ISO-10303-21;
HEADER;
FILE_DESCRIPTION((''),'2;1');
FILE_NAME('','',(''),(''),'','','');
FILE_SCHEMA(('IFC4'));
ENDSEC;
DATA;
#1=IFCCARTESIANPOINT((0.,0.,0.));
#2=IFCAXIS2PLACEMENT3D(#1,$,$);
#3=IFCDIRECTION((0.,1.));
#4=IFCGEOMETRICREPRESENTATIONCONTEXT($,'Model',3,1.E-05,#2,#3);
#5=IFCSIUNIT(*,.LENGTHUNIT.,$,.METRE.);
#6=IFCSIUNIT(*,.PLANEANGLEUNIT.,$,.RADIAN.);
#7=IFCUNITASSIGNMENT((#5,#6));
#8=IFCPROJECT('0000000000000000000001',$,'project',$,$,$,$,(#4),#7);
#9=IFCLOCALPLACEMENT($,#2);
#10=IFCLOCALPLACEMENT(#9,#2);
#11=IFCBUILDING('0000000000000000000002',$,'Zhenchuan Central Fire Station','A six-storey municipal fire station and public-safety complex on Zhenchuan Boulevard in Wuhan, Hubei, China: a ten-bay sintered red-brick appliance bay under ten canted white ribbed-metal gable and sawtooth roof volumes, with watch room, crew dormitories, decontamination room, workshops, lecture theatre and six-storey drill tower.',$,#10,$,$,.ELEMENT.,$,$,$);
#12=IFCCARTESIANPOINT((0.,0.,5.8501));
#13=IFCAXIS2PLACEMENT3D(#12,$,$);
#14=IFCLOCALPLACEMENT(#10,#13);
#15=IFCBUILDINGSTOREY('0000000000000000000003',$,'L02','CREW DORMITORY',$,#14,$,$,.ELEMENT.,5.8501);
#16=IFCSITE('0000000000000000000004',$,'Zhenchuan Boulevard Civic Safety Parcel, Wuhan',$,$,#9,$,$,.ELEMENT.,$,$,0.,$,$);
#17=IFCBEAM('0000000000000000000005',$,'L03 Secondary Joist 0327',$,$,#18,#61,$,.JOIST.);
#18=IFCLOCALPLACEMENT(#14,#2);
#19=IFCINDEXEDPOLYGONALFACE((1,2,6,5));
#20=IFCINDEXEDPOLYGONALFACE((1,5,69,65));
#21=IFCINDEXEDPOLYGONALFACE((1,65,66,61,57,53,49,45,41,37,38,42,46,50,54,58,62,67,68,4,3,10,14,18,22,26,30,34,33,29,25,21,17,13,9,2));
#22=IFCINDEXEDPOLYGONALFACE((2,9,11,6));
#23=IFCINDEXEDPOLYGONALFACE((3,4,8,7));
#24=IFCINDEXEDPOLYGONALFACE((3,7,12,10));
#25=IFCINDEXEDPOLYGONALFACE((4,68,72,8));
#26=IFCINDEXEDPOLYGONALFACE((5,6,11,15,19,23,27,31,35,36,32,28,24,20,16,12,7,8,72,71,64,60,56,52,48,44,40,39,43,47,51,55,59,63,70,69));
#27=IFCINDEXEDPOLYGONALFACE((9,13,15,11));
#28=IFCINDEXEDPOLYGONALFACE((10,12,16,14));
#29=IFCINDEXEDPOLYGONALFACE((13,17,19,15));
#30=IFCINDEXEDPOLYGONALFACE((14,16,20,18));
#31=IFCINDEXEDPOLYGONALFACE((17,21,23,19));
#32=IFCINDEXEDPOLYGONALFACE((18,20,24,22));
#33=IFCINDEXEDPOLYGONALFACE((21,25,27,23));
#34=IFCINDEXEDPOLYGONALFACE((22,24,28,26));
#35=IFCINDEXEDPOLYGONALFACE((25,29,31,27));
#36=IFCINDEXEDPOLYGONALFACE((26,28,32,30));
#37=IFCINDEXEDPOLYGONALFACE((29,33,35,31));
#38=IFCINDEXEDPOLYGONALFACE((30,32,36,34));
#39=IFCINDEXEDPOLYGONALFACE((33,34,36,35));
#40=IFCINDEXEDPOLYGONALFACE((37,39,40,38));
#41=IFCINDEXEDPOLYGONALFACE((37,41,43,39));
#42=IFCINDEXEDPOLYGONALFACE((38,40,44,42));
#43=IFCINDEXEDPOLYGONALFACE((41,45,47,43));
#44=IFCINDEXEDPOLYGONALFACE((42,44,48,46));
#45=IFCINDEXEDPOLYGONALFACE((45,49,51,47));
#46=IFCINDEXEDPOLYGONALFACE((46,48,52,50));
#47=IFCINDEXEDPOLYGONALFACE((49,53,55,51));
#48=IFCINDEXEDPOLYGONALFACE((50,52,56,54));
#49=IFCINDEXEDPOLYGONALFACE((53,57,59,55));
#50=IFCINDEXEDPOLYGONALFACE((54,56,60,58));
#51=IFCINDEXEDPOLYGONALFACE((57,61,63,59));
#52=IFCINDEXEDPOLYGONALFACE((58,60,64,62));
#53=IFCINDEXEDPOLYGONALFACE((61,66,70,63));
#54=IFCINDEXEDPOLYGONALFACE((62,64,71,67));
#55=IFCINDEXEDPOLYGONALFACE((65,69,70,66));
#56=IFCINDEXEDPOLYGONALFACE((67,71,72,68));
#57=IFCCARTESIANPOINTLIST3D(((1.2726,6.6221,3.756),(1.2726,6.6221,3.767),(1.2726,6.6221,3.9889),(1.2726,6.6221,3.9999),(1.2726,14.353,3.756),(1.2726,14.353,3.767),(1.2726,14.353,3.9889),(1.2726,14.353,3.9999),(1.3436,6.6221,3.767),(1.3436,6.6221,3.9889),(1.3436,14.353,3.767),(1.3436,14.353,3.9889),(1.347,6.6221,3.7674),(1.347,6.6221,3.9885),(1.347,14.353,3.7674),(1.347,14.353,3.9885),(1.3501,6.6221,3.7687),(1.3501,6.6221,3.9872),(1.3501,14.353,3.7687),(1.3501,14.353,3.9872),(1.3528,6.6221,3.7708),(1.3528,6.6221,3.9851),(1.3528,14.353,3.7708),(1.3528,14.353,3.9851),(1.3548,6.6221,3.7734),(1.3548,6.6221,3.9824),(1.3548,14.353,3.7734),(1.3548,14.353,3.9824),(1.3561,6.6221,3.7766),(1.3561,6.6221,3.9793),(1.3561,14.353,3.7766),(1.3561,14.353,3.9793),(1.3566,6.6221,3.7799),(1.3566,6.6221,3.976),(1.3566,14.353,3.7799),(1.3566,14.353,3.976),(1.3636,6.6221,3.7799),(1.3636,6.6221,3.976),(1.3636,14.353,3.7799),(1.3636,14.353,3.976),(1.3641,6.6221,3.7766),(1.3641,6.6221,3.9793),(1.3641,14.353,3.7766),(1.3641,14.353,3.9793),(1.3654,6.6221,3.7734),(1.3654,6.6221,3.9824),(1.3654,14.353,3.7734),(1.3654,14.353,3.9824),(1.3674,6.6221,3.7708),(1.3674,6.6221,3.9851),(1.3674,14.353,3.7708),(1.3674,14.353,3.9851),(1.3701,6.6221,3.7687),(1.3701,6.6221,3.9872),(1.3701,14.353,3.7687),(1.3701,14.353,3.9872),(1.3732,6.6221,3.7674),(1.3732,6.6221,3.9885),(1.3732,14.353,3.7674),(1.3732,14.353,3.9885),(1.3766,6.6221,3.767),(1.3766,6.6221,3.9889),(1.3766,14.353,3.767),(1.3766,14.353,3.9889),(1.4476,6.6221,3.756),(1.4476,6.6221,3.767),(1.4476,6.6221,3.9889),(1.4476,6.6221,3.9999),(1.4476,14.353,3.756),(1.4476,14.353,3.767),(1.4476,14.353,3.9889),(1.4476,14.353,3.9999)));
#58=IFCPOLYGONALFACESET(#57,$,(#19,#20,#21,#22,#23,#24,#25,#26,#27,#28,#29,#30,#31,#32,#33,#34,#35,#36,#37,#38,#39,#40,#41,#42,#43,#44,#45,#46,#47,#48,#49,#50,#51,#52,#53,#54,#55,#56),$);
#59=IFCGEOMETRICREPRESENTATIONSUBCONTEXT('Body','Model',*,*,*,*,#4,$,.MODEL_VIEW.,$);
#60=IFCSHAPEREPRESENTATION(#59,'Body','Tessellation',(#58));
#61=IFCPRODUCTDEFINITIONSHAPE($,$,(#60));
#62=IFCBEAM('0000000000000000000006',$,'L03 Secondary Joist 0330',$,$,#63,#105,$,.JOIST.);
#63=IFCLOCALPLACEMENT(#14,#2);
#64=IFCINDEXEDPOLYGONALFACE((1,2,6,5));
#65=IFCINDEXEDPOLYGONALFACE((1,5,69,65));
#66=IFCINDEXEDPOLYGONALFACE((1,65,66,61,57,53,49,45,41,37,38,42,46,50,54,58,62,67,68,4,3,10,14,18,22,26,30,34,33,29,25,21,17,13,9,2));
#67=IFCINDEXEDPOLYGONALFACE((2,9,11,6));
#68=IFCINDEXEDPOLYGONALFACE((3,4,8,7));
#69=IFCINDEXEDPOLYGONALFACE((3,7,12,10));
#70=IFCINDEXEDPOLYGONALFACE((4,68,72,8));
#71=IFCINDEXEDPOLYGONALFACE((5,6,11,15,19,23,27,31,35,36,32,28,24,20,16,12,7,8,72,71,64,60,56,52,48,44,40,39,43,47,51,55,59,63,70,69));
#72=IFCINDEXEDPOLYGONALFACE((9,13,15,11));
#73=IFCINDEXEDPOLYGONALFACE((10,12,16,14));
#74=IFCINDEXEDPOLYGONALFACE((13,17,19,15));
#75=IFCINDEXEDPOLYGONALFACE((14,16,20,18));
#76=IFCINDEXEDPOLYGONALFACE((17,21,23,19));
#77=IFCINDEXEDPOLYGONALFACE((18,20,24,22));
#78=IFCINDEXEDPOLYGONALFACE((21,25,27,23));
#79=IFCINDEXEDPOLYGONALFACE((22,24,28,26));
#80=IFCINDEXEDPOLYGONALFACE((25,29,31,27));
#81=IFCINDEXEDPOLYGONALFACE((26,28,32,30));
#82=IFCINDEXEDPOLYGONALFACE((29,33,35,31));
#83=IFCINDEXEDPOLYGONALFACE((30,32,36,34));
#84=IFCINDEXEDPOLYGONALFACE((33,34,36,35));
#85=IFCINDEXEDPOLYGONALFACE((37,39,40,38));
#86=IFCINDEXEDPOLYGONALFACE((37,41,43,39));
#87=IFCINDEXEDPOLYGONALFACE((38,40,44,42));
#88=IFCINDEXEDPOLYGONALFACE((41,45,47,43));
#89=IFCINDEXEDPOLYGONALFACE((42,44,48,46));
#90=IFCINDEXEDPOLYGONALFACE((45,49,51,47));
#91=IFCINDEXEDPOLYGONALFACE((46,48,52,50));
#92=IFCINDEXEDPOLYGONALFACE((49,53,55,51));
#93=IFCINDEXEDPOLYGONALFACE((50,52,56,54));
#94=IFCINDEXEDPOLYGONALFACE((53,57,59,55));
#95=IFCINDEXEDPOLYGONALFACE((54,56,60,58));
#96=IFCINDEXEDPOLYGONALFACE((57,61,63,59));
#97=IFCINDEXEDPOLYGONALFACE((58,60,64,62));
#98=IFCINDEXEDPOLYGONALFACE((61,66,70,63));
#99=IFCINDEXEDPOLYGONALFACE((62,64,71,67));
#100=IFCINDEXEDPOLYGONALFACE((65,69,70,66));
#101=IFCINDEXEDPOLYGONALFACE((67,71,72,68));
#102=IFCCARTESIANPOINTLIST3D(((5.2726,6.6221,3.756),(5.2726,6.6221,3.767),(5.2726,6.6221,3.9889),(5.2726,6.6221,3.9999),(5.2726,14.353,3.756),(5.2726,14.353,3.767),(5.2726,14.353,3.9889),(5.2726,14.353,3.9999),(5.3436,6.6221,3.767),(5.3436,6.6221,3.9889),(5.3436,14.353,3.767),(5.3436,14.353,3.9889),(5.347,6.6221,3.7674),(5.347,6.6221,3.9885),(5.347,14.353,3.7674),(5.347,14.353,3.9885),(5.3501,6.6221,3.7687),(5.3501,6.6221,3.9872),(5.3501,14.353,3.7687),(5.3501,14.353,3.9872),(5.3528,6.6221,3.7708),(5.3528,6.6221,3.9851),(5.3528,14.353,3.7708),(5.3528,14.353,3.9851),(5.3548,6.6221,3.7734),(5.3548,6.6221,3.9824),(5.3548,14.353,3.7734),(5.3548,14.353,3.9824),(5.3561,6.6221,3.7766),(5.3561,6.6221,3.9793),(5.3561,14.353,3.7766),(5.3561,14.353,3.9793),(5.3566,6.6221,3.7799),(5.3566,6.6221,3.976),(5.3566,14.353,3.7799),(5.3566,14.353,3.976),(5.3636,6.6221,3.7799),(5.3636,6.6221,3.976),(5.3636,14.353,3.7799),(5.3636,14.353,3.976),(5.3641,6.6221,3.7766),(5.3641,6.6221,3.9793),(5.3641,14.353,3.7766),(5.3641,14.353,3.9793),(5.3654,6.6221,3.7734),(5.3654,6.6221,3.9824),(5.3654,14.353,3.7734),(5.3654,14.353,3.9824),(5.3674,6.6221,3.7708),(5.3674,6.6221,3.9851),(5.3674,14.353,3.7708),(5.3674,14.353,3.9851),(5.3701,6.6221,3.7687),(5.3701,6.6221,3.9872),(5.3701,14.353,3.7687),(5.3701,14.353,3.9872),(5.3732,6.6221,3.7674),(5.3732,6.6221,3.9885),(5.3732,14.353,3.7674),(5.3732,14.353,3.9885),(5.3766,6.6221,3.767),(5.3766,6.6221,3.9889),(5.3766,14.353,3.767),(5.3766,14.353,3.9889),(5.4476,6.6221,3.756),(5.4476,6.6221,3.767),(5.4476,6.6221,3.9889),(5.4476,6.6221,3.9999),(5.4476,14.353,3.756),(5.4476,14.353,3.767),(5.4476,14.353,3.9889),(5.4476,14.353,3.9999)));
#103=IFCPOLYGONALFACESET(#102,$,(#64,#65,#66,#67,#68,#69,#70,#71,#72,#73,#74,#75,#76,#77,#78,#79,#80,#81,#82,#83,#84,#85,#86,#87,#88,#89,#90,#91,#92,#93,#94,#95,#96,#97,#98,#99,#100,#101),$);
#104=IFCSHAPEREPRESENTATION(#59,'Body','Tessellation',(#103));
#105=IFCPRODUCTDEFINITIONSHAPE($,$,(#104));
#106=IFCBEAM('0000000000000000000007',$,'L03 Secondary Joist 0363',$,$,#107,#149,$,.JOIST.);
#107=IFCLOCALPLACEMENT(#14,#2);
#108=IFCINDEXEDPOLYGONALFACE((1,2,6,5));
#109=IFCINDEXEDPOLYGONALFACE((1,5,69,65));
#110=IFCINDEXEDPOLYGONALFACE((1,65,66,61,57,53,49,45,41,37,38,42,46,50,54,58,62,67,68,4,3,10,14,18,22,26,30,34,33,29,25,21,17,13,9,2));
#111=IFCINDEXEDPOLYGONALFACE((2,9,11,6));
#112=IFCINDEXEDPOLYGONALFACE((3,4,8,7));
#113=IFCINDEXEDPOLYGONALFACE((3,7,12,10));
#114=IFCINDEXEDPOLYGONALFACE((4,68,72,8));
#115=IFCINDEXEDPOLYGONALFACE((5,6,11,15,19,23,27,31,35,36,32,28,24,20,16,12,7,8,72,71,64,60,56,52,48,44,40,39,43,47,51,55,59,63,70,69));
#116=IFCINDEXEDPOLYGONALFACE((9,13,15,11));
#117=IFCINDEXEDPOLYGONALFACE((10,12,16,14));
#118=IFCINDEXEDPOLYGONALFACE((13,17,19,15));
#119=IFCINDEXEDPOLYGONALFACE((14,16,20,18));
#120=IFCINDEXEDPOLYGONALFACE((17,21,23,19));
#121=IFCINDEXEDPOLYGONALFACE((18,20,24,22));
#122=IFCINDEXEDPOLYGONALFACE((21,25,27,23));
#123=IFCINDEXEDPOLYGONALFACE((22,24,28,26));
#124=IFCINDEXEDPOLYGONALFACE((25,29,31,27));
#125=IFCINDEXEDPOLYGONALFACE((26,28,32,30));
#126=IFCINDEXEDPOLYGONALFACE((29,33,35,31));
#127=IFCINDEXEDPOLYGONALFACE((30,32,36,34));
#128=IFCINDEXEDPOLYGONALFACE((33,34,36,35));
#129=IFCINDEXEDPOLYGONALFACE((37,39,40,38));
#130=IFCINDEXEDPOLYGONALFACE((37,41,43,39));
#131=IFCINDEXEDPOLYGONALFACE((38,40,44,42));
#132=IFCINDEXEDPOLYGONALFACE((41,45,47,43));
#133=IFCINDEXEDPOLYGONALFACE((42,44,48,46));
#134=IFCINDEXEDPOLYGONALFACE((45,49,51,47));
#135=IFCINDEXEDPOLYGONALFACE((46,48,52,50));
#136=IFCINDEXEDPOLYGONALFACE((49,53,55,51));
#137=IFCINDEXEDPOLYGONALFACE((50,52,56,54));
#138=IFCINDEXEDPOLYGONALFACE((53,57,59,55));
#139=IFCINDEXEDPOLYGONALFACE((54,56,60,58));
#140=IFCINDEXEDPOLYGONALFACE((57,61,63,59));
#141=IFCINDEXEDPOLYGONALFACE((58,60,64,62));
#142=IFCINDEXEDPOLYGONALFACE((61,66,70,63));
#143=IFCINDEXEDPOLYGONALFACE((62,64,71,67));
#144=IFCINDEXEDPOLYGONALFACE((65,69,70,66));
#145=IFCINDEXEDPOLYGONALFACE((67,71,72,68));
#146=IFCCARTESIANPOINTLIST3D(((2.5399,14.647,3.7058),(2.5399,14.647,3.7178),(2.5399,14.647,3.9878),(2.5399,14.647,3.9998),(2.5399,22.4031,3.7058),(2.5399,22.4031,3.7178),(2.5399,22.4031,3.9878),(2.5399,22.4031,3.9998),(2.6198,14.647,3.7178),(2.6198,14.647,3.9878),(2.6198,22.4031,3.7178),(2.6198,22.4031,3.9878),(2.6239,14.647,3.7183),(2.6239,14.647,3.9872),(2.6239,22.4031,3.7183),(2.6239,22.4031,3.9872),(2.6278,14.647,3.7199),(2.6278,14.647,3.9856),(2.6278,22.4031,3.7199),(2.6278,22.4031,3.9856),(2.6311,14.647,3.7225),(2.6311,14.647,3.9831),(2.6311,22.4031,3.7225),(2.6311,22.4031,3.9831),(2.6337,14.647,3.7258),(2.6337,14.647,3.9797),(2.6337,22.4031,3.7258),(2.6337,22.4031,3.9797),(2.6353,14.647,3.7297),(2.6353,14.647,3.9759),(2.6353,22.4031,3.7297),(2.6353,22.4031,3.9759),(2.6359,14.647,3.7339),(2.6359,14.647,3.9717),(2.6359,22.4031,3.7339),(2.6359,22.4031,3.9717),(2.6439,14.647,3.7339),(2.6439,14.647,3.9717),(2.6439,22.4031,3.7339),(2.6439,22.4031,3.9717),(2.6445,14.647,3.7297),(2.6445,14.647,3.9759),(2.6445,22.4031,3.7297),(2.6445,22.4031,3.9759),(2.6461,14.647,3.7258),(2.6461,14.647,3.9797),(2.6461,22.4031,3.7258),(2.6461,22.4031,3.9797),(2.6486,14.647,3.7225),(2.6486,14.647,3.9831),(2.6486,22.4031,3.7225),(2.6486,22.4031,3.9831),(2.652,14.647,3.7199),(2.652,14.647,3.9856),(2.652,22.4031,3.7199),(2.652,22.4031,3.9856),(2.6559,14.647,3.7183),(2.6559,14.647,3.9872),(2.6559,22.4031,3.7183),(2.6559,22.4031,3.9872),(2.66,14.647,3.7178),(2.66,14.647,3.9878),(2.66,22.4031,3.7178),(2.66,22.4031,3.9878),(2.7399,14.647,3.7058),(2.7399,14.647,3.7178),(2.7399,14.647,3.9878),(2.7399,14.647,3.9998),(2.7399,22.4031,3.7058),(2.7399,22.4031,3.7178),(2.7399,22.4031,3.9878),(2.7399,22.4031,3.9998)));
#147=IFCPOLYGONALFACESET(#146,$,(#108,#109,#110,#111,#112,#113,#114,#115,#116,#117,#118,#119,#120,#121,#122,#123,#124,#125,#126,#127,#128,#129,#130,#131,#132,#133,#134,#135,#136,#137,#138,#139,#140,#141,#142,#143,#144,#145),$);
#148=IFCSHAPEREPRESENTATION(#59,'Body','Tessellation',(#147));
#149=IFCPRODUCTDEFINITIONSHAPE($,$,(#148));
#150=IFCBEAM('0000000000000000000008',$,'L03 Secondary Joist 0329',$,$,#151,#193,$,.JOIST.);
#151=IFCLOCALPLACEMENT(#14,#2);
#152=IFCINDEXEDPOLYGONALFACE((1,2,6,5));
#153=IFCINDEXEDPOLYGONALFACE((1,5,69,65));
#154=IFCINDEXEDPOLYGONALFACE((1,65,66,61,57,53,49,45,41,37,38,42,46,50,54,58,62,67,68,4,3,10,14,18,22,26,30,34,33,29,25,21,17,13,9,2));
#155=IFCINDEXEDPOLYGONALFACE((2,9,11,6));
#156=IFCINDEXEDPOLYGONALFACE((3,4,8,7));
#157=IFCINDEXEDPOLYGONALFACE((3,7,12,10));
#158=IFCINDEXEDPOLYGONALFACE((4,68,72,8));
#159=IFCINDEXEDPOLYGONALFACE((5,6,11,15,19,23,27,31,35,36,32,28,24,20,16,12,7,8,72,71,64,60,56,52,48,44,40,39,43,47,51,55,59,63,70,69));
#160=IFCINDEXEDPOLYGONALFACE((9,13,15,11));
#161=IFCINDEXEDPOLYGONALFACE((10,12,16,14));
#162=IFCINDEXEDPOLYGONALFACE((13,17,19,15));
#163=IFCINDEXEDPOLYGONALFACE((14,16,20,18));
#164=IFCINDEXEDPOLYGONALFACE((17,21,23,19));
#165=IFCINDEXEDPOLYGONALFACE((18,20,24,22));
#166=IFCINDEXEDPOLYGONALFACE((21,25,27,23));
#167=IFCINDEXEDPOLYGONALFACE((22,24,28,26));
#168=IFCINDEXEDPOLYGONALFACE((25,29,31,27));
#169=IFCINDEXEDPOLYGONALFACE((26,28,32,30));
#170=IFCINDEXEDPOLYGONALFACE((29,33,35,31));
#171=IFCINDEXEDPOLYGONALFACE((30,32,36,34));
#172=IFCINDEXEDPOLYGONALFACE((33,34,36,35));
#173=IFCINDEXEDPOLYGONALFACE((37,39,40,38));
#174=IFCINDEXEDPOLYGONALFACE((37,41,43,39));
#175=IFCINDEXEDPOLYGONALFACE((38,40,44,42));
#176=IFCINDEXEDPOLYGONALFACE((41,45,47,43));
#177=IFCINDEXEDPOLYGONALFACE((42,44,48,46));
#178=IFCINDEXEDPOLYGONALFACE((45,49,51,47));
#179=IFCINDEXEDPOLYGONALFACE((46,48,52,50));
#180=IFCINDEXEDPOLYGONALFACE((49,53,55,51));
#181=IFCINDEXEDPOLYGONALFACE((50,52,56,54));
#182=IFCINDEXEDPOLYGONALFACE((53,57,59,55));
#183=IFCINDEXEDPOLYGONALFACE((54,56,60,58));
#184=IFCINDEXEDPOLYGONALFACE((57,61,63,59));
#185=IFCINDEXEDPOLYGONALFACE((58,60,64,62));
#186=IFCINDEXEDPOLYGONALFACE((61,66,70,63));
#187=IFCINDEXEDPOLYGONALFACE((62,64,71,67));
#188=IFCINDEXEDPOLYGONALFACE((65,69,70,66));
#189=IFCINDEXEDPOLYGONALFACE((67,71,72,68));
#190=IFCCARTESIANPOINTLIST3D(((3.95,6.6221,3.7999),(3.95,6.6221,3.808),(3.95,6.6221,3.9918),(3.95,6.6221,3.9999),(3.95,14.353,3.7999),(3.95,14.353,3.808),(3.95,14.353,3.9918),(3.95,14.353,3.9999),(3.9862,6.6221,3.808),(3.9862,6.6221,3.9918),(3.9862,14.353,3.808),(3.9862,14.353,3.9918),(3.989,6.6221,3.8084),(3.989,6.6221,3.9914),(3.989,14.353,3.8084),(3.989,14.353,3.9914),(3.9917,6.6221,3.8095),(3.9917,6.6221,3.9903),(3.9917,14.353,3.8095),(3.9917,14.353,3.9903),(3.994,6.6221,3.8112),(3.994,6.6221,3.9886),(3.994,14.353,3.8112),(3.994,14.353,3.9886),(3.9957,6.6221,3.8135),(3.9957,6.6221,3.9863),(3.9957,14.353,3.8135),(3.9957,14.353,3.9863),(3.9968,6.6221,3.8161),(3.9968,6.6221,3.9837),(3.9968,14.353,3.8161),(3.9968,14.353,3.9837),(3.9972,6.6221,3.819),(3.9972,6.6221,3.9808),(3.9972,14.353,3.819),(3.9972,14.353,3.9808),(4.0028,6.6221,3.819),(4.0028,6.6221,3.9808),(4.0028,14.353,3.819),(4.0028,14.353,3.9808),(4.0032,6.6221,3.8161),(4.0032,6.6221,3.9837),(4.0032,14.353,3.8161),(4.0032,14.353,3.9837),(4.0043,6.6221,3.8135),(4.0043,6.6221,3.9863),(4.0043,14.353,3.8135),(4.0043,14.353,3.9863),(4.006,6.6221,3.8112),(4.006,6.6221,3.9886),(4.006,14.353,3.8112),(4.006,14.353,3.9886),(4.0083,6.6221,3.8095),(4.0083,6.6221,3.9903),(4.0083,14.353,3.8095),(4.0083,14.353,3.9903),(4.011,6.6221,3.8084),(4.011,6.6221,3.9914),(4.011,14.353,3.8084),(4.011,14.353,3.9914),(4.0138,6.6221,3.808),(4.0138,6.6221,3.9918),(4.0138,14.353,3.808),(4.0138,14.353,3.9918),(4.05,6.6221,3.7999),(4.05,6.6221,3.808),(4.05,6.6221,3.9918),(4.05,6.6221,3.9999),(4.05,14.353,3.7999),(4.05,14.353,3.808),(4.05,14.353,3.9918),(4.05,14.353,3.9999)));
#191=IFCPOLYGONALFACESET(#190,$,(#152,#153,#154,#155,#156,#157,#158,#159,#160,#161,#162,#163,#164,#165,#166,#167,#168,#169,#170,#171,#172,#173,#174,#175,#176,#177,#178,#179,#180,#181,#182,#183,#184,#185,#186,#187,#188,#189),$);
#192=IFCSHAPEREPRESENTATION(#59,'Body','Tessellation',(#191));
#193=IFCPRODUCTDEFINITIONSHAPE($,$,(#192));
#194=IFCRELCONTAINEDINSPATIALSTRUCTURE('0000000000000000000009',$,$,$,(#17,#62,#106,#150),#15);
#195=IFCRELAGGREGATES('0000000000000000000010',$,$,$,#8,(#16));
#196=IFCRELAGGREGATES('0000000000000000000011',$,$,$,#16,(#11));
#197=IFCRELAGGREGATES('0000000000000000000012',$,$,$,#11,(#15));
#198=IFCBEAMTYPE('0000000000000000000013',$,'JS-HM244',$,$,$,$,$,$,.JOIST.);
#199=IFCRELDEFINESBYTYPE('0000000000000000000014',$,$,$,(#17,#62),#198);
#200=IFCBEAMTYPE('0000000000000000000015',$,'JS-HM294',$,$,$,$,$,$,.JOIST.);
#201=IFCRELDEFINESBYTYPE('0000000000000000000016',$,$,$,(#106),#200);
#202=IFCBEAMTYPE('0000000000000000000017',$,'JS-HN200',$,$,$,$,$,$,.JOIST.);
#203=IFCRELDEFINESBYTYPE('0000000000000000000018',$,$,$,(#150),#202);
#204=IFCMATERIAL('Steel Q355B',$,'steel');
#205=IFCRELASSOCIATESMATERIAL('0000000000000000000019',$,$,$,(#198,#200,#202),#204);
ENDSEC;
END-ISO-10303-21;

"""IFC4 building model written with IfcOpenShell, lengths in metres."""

from ifc_helpers import new_model, si_unit, direction, frame, origin, origin_2d, place, context, subcontext, project, spatial, i_section, extrude, material, material_profile, profile_set, type_object, element, save


model = new_model("IFC4")

# Units and contexts
model_context = context("Model", 3, precision=1e-05, world=origin(), true_north=direction((0.0, 1.0)))
body_context = subcontext(model_context, "Body", "Model", "MODEL_VIEW")
ifc_project = project(units=[si_unit("LENGTHUNIT", "METRE"), si_unit("PLANEANGLEUNIT", "RADIAN")], contexts=[model_context])

# Site, building, storey
site_placement = place(None, origin())
site = spatial("IfcSite", under=ifc_project, at=site_placement, Name="Zhenchuan Boulevard Civic Safety Parcel, Wuhan", CompositionType="ELEMENT", RefElevation=0.0)
building_placement = place(site_placement, origin())
building = spatial("IfcBuilding", under=site, at=building_placement, Name="Zhenchuan Central Fire Station", Description="A six-storey municipal fire station and public-safety complex on Zhenchuan Boulevard in Wuhan, Hubei, China: a ten-bay sintered red-brick appliance bay under ten canted white ribbed-metal gable and sawtooth roof volumes, with watch room, crew dormitories, decontamination room, workshops, lecture theatre and six-storey drill tower.", CompositionType="ELEMENT")
storey_placement = place(building_placement, frame((0.0, 0.0, 5.8501)))
storey = spatial("IfcBuildingStorey", under=building, at=storey_placement, Name="L02", Description="CREW DORMITORY", CompositionType="ELEMENT", Elevation=5.8501)

# Shared definitions
ifc_material_1 = material(Name="Steel Q355B", Category="steel")

# Beams
ifc_material_profile_1 = material_profile(ifc_material_1, i_section(OverallWidth=0.175, OverallDepth=0.2439, WebThickness=0.0071, FlangeThickness=0.011, FilletRadius=0.0129, at=origin_2d()), Name="HM 244x175")
ifc_profile_set_1 = profile_set([ifc_material_profile_1], Name="Steel Q355B")
beam_type_1 = type_object("IfcBeamType", Name="JS-HM244", PredefinedType="JOIST", material=ifc_profile_set_1)
for number, where, z_axis, x_axis, name in (
    (1, (1.3601, 6.6221, 3.8779), (0.0, 1.0, 0.0), (-1.0, 0.0, 0.0), "L03 Secondary Joist 0327"),
    (2, (5.3601, 6.6221, 3.8779), (0.0, 1.0, 0.0), (-1.0, 0.0, 0.0), "L03 Secondary Joist 0330"),
):
    element("IfcBeam", number, at=place(storey_placement, frame(where, z_axis=z_axis, x_axis=x_axis)), inside=storey, type_object=beam_type_1, Name=name, PredefinedType="JOIST", context=body_context, shape_type="SweptSolid", body=[
        extrude(i_section(OverallWidth=0.175, OverallDepth=0.2439, WebThickness=0.0071, FlangeThickness=0.011, FilletRadius=0.0129, at=origin_2d()), origin(), (0.0, 0.0, 1.0), 7.731),
    ])
ifc_material_profile_2 = material_profile(ifc_material_1, i_section(OverallWidth=0.2, OverallDepth=0.2939, WebThickness=0.0081, FlangeThickness=0.012, FilletRadius=0.0161, at=origin_2d()), Name="HM 294x200")
ifc_profile_set_2 = profile_set([ifc_material_profile_2], Name="Steel Q355B")
beam_type_2 = type_object("IfcBeamType", Name="JS-HM294", PredefinedType="JOIST", material=ifc_profile_set_2)
beam_1_placement = place(storey_placement, frame((2.6399, 14.647, 3.8528), z_axis=(0.0, 1.0, 0.0), x_axis=(-1.0, 0.0, 0.0)))
element("IfcBeam", 3, at=beam_1_placement, inside=storey, type_object=beam_type_2, Name="L03 Secondary Joist 0363", PredefinedType="JOIST", context=body_context, shape_type="SweptSolid", body=[
    extrude(i_section(OverallWidth=0.2, OverallDepth=0.2939, WebThickness=0.0081, FlangeThickness=0.012, FilletRadius=0.0161, at=origin_2d()), origin(), (0.0, 0.0, 1.0), 7.7561),
])
ifc_material_profile_3 = material_profile(ifc_material_1, i_section(OverallWidth=0.1001, OverallDepth=0.2, WebThickness=0.0056, FlangeThickness=0.0081, FilletRadius=0.011, at=origin_2d()), Name="HN 200x100")
ifc_profile_set_3 = profile_set([ifc_material_profile_3], Name="Steel Q355B")
beam_type_3 = type_object("IfcBeamType", Name="JS-HN200", PredefinedType="JOIST", material=ifc_profile_set_3)
beam_2_placement = place(storey_placement, frame((4.0, 6.6221, 3.8999), z_axis=(0.0, 1.0, 0.0), x_axis=(-1.0, 0.0, 0.0)))
element("IfcBeam", 4, at=beam_2_placement, inside=storey, type_object=beam_type_3, Name="L03 Secondary Joist 0329", PredefinedType="JOIST", context=body_context, shape_type="SweptSolid", body=[
    extrude(i_section(OverallWidth=0.1001, OverallDepth=0.2, WebThickness=0.0056, FlangeThickness=0.0081, FilletRadius=0.011, at=origin_2d()), origin(), (0.0, 0.0, 1.0), 7.731),
])

save(model, "model.ifc")
